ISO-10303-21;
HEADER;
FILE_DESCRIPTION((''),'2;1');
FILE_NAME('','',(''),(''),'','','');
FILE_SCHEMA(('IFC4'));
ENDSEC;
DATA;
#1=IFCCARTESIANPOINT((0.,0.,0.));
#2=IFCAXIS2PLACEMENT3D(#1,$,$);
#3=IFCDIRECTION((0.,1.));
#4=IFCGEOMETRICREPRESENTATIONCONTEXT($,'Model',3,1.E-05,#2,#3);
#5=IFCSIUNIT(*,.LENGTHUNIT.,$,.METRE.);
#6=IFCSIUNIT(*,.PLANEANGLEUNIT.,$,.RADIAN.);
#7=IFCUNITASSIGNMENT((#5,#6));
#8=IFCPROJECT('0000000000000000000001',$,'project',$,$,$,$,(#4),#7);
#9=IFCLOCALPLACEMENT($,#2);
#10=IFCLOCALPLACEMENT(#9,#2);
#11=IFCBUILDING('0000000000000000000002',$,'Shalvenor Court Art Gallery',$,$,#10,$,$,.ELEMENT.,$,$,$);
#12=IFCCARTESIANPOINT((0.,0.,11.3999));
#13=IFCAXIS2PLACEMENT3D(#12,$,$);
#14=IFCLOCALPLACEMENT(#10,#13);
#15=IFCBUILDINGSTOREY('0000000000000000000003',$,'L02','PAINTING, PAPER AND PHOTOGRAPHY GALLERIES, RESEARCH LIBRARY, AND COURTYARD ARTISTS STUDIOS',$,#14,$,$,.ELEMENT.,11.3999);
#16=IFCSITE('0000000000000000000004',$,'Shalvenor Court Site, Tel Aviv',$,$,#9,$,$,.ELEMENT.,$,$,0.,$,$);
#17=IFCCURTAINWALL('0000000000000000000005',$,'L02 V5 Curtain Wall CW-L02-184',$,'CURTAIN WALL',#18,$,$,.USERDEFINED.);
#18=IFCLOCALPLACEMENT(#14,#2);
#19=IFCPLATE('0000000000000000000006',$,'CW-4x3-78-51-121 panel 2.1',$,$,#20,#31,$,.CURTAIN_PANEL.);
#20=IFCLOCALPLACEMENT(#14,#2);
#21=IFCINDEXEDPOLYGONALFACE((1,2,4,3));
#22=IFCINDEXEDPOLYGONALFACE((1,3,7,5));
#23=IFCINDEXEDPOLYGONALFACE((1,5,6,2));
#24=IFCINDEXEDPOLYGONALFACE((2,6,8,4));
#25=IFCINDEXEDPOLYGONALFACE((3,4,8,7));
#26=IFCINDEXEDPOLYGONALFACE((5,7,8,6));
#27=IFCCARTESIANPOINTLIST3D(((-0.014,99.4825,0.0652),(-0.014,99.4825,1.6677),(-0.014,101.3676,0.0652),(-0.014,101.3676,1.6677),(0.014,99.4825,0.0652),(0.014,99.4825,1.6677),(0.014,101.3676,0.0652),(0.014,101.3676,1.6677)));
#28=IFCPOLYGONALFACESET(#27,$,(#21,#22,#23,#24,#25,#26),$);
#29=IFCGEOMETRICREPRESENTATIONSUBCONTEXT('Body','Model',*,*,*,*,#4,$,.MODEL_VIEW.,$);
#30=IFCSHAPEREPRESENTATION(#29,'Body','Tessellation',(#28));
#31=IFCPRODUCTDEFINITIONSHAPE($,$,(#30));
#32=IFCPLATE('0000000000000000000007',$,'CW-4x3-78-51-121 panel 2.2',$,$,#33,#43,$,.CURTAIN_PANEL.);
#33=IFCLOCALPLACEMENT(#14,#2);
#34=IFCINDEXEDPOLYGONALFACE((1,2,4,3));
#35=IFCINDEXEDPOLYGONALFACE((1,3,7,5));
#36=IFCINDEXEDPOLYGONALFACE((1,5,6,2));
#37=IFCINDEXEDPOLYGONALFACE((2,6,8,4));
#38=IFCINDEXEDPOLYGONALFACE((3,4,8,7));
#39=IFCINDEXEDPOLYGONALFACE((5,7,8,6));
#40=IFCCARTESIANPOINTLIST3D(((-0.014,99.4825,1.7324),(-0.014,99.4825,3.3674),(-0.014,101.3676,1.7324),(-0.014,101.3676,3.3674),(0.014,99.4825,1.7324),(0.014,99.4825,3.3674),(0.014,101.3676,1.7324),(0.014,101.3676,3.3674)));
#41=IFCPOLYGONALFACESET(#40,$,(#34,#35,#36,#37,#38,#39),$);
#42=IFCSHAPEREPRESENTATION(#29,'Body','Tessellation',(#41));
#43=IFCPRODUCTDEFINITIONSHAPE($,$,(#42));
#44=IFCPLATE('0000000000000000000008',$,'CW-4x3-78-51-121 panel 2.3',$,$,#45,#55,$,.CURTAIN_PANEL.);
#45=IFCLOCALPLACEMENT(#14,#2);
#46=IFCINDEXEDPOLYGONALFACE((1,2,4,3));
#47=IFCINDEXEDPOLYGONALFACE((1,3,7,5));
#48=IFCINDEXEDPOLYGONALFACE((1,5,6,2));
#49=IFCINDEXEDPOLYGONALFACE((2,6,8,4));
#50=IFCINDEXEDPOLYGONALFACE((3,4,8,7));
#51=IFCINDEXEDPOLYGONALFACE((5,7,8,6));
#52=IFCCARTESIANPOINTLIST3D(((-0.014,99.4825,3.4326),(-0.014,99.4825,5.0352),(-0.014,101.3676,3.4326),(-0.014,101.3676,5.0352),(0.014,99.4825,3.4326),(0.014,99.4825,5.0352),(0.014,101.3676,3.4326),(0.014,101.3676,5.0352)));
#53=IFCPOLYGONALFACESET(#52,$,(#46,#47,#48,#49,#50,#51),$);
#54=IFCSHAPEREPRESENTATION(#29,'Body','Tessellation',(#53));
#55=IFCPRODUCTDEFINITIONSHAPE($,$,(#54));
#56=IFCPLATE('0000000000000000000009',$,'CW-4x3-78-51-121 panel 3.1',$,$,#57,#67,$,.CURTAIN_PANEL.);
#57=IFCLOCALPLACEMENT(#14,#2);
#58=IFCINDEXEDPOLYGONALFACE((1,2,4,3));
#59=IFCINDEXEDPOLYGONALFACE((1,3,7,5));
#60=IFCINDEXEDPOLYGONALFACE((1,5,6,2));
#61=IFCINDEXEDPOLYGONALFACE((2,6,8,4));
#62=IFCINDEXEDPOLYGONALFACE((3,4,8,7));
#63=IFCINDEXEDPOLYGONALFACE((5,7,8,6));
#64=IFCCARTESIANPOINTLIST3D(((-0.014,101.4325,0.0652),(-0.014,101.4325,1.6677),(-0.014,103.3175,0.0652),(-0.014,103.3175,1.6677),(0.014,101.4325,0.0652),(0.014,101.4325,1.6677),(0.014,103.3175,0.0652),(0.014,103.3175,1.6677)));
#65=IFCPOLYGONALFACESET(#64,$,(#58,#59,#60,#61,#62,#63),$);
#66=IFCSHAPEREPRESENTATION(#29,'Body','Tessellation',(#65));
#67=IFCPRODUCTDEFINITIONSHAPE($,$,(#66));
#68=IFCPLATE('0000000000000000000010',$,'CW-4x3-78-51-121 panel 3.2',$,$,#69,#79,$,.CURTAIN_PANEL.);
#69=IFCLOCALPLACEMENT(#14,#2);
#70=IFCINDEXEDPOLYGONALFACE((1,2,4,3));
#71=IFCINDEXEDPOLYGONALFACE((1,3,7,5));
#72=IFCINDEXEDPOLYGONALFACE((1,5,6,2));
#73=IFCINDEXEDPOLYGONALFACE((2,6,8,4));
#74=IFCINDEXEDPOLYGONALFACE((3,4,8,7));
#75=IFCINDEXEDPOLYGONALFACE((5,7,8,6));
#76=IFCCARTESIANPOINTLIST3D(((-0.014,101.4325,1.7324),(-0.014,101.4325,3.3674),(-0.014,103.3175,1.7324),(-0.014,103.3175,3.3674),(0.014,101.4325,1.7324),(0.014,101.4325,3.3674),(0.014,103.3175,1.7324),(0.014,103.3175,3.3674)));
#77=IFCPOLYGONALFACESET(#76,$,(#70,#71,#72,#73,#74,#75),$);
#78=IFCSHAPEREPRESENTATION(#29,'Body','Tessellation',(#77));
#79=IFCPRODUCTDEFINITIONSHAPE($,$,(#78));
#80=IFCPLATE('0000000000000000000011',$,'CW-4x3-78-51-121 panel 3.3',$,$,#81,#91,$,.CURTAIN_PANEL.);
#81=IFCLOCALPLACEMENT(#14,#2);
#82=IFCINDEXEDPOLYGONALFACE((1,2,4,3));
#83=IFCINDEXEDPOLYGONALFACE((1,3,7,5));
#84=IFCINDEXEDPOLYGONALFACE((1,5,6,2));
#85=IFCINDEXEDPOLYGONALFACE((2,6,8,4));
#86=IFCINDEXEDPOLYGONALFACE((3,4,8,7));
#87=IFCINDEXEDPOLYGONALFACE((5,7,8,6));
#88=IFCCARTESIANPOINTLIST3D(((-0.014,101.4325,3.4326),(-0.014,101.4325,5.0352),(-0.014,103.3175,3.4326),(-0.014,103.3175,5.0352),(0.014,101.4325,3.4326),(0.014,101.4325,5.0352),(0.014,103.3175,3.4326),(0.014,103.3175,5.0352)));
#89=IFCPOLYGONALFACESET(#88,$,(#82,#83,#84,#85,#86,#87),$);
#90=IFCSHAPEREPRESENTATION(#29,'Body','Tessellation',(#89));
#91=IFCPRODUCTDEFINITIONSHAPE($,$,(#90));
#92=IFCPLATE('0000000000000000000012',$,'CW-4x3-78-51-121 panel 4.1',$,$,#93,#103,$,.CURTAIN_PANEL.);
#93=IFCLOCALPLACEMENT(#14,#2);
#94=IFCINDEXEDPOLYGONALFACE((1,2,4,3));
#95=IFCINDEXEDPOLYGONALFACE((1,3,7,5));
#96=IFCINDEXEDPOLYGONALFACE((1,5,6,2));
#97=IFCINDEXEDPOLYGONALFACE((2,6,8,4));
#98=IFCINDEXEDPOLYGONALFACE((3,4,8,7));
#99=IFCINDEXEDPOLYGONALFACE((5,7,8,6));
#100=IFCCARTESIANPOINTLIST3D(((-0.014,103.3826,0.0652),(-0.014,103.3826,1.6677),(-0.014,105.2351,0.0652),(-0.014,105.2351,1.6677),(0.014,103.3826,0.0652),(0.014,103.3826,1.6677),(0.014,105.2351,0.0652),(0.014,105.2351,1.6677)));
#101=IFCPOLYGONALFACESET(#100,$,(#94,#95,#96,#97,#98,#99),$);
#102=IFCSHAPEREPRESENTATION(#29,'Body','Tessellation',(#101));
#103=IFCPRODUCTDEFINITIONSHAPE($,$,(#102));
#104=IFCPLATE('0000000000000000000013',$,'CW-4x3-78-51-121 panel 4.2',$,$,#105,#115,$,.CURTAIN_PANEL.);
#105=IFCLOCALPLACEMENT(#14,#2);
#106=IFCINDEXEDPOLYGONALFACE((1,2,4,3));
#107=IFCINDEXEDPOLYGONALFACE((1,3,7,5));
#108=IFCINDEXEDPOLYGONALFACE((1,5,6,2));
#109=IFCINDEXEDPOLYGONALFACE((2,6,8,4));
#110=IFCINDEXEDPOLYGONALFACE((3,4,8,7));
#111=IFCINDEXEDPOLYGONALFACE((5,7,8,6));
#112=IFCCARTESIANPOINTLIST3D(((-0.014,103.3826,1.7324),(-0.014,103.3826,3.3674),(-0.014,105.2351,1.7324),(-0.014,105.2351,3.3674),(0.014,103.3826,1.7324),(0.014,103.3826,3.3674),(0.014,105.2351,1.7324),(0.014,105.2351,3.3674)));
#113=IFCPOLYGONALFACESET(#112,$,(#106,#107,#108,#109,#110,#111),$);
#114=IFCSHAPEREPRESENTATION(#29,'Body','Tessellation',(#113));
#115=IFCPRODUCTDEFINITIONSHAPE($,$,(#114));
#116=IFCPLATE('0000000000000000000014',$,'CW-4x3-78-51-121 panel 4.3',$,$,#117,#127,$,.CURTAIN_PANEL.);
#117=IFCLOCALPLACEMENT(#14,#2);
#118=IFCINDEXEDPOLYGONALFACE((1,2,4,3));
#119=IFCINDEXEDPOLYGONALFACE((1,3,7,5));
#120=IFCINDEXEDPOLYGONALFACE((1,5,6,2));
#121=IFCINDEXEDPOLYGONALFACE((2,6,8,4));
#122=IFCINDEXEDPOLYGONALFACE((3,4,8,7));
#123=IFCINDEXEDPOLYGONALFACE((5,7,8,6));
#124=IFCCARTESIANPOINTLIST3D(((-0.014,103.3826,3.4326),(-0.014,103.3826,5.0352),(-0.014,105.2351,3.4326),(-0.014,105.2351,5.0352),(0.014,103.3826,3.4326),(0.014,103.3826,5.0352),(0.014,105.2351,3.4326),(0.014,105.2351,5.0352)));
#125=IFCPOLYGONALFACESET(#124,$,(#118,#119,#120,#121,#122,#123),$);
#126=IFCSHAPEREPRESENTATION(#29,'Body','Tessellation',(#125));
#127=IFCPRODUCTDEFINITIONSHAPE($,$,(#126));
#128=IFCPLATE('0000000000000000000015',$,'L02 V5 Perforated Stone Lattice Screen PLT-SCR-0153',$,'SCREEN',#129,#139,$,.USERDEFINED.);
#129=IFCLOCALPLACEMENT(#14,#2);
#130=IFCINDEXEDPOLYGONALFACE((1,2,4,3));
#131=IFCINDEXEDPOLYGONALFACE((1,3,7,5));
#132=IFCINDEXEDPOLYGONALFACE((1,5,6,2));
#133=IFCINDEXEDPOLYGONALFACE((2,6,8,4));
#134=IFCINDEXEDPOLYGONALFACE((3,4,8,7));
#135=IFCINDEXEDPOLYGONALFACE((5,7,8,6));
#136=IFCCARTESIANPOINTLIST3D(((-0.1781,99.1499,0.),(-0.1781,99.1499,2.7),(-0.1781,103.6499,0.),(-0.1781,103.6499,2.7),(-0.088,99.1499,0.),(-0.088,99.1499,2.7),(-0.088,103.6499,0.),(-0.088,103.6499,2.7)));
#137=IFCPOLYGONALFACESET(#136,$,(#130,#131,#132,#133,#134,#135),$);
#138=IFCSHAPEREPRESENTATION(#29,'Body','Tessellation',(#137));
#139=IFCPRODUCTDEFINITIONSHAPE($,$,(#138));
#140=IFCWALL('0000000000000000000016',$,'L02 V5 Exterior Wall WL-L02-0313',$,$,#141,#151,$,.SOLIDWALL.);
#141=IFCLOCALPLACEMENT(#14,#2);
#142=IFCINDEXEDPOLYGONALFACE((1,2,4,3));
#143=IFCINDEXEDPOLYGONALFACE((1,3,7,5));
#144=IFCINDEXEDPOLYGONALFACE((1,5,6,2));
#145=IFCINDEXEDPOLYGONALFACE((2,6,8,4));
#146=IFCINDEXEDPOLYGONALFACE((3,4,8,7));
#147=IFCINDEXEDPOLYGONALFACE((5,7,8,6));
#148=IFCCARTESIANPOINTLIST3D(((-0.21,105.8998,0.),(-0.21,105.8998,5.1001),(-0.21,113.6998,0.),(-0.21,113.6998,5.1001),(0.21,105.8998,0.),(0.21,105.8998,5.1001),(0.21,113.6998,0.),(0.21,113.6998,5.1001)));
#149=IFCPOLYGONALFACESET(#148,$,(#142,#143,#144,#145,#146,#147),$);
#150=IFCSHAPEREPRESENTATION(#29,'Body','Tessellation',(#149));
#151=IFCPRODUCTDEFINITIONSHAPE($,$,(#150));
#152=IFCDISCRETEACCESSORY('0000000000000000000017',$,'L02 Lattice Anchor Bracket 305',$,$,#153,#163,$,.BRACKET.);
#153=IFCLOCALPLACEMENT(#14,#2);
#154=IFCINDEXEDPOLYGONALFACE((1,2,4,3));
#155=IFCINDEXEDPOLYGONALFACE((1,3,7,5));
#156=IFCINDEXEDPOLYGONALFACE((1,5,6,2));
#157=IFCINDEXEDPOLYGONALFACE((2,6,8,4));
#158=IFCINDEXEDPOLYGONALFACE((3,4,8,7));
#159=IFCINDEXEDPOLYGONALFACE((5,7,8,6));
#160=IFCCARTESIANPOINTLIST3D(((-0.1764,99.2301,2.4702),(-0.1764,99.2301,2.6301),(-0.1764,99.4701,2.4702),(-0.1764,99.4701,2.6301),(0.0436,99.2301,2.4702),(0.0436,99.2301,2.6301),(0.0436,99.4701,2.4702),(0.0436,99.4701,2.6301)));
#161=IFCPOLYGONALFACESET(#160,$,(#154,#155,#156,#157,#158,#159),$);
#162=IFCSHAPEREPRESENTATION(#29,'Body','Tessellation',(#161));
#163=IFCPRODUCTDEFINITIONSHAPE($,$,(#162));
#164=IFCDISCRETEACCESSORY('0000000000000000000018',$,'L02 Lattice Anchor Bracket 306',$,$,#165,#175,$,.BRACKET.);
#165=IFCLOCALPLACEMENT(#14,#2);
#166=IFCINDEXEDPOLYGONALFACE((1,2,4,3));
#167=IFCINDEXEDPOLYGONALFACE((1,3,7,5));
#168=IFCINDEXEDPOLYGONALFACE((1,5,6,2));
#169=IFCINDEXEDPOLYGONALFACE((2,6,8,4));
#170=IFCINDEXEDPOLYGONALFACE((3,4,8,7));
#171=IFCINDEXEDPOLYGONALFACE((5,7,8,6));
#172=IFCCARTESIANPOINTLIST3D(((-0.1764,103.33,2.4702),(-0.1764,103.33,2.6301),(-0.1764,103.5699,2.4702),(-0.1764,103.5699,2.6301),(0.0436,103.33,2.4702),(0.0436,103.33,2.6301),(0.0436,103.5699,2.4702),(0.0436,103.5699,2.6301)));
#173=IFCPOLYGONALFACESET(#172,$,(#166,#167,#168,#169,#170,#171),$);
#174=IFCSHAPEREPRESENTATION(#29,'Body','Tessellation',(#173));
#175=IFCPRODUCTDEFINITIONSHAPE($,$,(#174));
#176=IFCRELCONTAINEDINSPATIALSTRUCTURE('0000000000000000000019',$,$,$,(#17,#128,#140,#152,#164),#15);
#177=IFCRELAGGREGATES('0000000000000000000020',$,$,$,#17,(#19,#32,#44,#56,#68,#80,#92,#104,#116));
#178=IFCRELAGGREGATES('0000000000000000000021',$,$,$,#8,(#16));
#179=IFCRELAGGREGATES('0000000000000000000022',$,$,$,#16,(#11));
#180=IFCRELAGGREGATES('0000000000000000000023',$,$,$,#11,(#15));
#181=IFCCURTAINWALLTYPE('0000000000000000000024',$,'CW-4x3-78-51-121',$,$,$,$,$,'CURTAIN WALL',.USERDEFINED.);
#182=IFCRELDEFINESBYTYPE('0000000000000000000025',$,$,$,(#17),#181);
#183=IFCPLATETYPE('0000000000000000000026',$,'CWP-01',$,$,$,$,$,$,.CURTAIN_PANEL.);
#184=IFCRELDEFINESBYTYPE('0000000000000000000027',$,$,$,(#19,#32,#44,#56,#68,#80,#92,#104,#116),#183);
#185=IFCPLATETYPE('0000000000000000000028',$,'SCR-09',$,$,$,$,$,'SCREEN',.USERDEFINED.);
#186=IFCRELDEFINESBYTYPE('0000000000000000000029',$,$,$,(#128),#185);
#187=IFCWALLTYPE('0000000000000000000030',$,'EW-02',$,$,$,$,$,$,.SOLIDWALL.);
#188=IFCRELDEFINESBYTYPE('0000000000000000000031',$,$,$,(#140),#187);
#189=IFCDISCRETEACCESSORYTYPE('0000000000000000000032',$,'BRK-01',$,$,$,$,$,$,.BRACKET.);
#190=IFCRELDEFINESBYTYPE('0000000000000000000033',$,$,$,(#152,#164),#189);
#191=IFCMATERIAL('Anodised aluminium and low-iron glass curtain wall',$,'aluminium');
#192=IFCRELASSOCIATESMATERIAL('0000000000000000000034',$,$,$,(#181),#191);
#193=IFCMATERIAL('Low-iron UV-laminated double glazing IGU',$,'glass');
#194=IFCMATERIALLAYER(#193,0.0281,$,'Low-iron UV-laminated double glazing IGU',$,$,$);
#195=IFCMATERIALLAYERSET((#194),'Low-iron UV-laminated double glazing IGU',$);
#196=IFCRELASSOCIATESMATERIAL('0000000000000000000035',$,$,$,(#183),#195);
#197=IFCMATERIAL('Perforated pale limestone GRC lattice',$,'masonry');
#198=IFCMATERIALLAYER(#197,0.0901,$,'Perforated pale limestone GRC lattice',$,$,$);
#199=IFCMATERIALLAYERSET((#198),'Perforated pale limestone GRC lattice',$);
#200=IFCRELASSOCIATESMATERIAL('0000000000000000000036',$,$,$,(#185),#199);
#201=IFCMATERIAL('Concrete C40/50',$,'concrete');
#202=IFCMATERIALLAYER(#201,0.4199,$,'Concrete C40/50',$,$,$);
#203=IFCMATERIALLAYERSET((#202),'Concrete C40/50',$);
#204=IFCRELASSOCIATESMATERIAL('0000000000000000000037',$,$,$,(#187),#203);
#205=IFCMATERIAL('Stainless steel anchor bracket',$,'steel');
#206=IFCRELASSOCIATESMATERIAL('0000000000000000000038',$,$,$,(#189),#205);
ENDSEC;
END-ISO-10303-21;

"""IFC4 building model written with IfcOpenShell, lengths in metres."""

from ifc_helpers import new_model, si_unit, direction, frame, frame_2d, origin, origin_2d, place, context, subcontext, project, spatial, rectangle, extrude, material, layer, layer_set, type_object, element, aggregate, save


model = new_model("IFC4")

# Units and contexts
model_context = context("Model", 3, precision=1e-05, world=origin(), true_north=direction((0.0, 1.0)))
body_context = subcontext(model_context, "Body", "Model", "MODEL_VIEW")
ifc_project = project(units=[si_unit("LENGTHUNIT", "METRE"), si_unit("PLANEANGLEUNIT", "RADIAN")], contexts=[model_context])

# Site, building, storey
site_placement = place(None, origin())
site = spatial("IfcSite", under=ifc_project, at=site_placement, Name="Shalvenor Court Site, Tel Aviv", CompositionType="ELEMENT", RefElevation=0.0)
building_placement = place(site_placement, origin())
building = spatial("IfcBuilding", under=site, at=building_placement, Name="Shalvenor Court Art Gallery", CompositionType="ELEMENT")
storey_placement = place(building_placement, frame((0.0, 0.0, 11.3999)))
storey = spatial("IfcBuildingStorey", under=building, at=storey_placement, Name="L02", Description="PAINTING, PAPER AND PHOTOGRAPHY GALLERIES, RESEARCH LIBRARY, AND COURTYARD ARTISTS STUDIOS", CompositionType="ELEMENT", Elevation=11.3999)

# Curtain wall, plates
ifc_material_1 = material(Name="Anodised aluminium and low-iron glass curtain wall", Category="aluminium")
curtain_wall_type = type_object("IfcCurtainWallType", Name="CW-4x3-78-51-121", ElementType="CURTAIN WALL", PredefinedType="USERDEFINED", material=ifc_material_1)
curtain_wall_placement = place(storey_placement, origin())
curtain_wall = element("IfcCurtainWall", 1, at=curtain_wall_placement, inside=storey, type_object=curtain_wall_type, Name="L02 V5 Curtain Wall CW-L02-184", ObjectType="CURTAIN WALL", PredefinedType="USERDEFINED")
ifc_material_2 = material(Name="Low-iron UV-laminated double glazing IGU", Category="glass")
ifc_layer_1 = layer(ifc_material_2, 0.0281, Name="Low-iron UV-laminated double glazing IGU")
ifc_layer_set_1 = layer_set([ifc_layer_1], Name="Low-iron UV-laminated double glazing IGU")
plate_type_1 = type_object("IfcPlateType", Name="CWP-01", PredefinedType="CURTAIN_PANEL", material=ifc_layer_set_1)
plate_1_placement = place(storey_placement, frame((0.0, 100.425, 0.0652), z_axis=(0.0, 0.0, 1.0), x_axis=(0.0, 1.0, 0.0)))
plate_1 = element("IfcPlate", 2, at=plate_1_placement, type_object=plate_type_1, Name="CW-4x3-78-51-121 panel 2.1", PredefinedType="CURTAIN_PANEL", context=body_context, shape_type="SweptSolid", body=[
    extrude(rectangle(XDim=1.885, YDim=0.0281, at=origin_2d()), origin(), (0.0, 0.0, 1.0), 1.6025),
])
plate_2_placement = place(storey_placement, frame((0.0, 100.425, 1.7324), z_axis=(0.0, 0.0, 1.0), x_axis=(0.0, 1.0, 0.0)))
plate_2 = element("IfcPlate", 3, at=plate_2_placement, type_object=plate_type_1, Name="CW-4x3-78-51-121 panel 2.2", PredefinedType="CURTAIN_PANEL", context=body_context, shape_type="SweptSolid", body=[
    extrude(rectangle(XDim=1.885, YDim=0.0281, at=origin_2d()), origin(), (0.0, 0.0, 1.0), 1.635),
])
plate_3_placement = place(storey_placement, frame((0.0, 100.425, 3.4326), z_axis=(0.0, 0.0, 1.0), x_axis=(0.0, 1.0, 0.0)))
plate_3 = element("IfcPlate", 4, at=plate_3_placement, type_object=plate_type_1, Name="CW-4x3-78-51-121 panel 2.3", PredefinedType="CURTAIN_PANEL", context=body_context, shape_type="SweptSolid", body=[
    extrude(rectangle(XDim=1.885, YDim=0.0281, at=origin_2d()), origin(), (0.0, 0.0, 1.0), 1.6025),
])
plate_4_placement = place(storey_placement, frame((0.0, 102.375, 0.0652), z_axis=(0.0, 0.0, 1.0), x_axis=(0.0, 1.0, 0.0)))
plate_4 = element("IfcPlate", 5, at=plate_4_placement, type_object=plate_type_1, Name="CW-4x3-78-51-121 panel 3.1", PredefinedType="CURTAIN_PANEL", context=body_context, shape_type="SweptSolid", body=[
    extrude(rectangle(XDim=1.885, YDim=0.0281, at=origin_2d()), origin(), (0.0, 0.0, 1.0), 1.6025),
])
plate_5_placement = place(storey_placement, frame((0.0, 102.375, 1.7324), z_axis=(0.0, 0.0, 1.0), x_axis=(0.0, 1.0, 0.0)))
plate_5 = element("IfcPlate", 6, at=plate_5_placement, type_object=plate_type_1, Name="CW-4x3-78-51-121 panel 3.2", PredefinedType="CURTAIN_PANEL", context=body_context, shape_type="SweptSolid", body=[
    extrude(rectangle(XDim=1.885, YDim=0.0281, at=origin_2d()), origin(), (0.0, 0.0, 1.0), 1.635),
])
plate_6_placement = place(storey_placement, frame((0.0, 102.375, 3.4326), z_axis=(0.0, 0.0, 1.0), x_axis=(0.0, 1.0, 0.0)))
plate_6 = element("IfcPlate", 7, at=plate_6_placement, type_object=plate_type_1, Name="CW-4x3-78-51-121 panel 3.3", PredefinedType="CURTAIN_PANEL", context=body_context, shape_type="SweptSolid", body=[
    extrude(rectangle(XDim=1.885, YDim=0.0281, at=origin_2d()), origin(), (0.0, 0.0, 1.0), 1.6025),
])
plate_7_placement = place(storey_placement, frame((0.0, 104.3088, 0.0652), z_axis=(0.0, 0.0, 1.0), x_axis=(0.0, 1.0, 0.0)))
plate_7 = element("IfcPlate", 8, at=plate_7_placement, type_object=plate_type_1, Name="CW-4x3-78-51-121 panel 4.1", PredefinedType="CURTAIN_PANEL", context=body_context, shape_type="SweptSolid", body=[
    extrude(rectangle(XDim=1.8525, YDim=0.0281, at=origin_2d()), origin(), (0.0, 0.0, 1.0), 1.6025),
])
plate_8_placement = place(storey_placement, frame((0.0, 104.3088, 1.7324), z_axis=(0.0, 0.0, 1.0), x_axis=(0.0, 1.0, 0.0)))
plate_8 = element("IfcPlate", 9, at=plate_8_placement, type_object=plate_type_1, Name="CW-4x3-78-51-121 panel 4.2", PredefinedType="CURTAIN_PANEL", context=body_context, shape_type="SweptSolid", body=[
    extrude(rectangle(XDim=1.8525, YDim=0.0281, at=origin_2d()), origin(), (0.0, 0.0, 1.0), 1.635),
])
plate_9_placement = place(storey_placement, frame((0.0, 104.3088, 3.4326), z_axis=(0.0, 0.0, 1.0), x_axis=(0.0, 1.0, 0.0)))
plate_9 = element("IfcPlate", 10, at=plate_9_placement, type_object=plate_type_1, Name="CW-4x3-78-51-121 panel 4.3", PredefinedType="CURTAIN_PANEL", context=body_context, shape_type="SweptSolid", body=[
    extrude(rectangle(XDim=1.8525, YDim=0.0281, at=origin_2d()), origin(), (0.0, 0.0, 1.0), 1.6025),
])
aggregate(curtain_wall, [plate_1, plate_2, plate_3, plate_4, plate_5, plate_6, plate_7, plate_8, plate_9])

# Plate
ifc_material_3 = material(Name="Perforated pale limestone GRC lattice", Category="masonry")
ifc_layer_2 = layer(ifc_material_3, 0.0901, Name="Perforated pale limestone GRC lattice")
ifc_layer_set_2 = layer_set([ifc_layer_2], Name="Perforated pale limestone GRC lattice")
plate_type_2 = type_object("IfcPlateType", Name="SCR-09", ElementType="SCREEN", PredefinedType="USERDEFINED", material=ifc_layer_set_2)
plate_10_placement = place(storey_placement, frame((-0.1331, 101.3999, 0.0), z_axis=(0.0, 0.0, 1.0), x_axis=(0.0, 1.0, 0.0)))
element("IfcPlate", 11, at=plate_10_placement, inside=storey, type_object=plate_type_2, Name="L02 V5 Perforated Stone Lattice Screen PLT-SCR-0153", ObjectType="SCREEN", PredefinedType="USERDEFINED", context=body_context, shape_type="SweptSolid", body=[
    extrude(rectangle(XDim=4.5, YDim=0.0901, at=origin_2d()), origin(), (0.0, 0.0, 1.0), 2.7),
])

# Wall
ifc_material_4 = material(Name="Concrete C40/50", Category="concrete")
ifc_layer_3 = layer(ifc_material_4, 0.4199, Name="Concrete C40/50")
ifc_layer_set_3 = layer_set([ifc_layer_3], Name="Concrete C40/50")
wall_type = type_object("IfcWallType", Name="EW-02", PredefinedType="SOLIDWALL", material=ifc_layer_set_3)
wall_placement = place(storey_placement, frame((0.0, 105.8999, 0.0), z_axis=(0.0, 0.0, 1.0), x_axis=(0.0, 1.0, 0.0)))
element("IfcWall", 12, at=wall_placement, inside=storey, type_object=wall_type, Name="L02 V5 Exterior Wall WL-L02-0313", PredefinedType="SOLIDWALL", context=body_context, shape_type="SweptSolid", body=[
    extrude(rectangle(XDim=7.8, YDim=0.4199, at=frame_2d((3.8999, 0.0))), origin(), (0.0, 0.0, 1.0), 5.1001),
])

# Discrete accessories
ifc_material_5 = material(Name="Stainless steel anchor bracket", Category="steel")
discrete_accessory_type = type_object("IfcDiscreteAccessoryType", Name="BRK-01", PredefinedType="BRACKET", material=ifc_material_5)
for number, where, z_axis, x_axis, name in (
    (13, (-0.0664, 99.3501, 2.4702), (0.0, 0.0, 1.0), (0.0, 1.0, 0.0), "L02 Lattice Anchor Bracket 305"),
    (14, (-0.0664, 103.45, 2.4702), (0.0, 0.0, 1.0), (0.0, 1.0, 0.0), "L02 Lattice Anchor Bracket 306"),
):
    element("IfcDiscreteAccessory", number, at=place(storey_placement, frame(where, z_axis=z_axis, x_axis=x_axis)), inside=storey, type_object=discrete_accessory_type, Name=name, PredefinedType="BRACKET", context=body_context, shape_type="SweptSolid", body=[
        extrude(rectangle(XDim=0.24, YDim=0.22, at=origin_2d()), origin(), (0.0, 0.0, 1.0), 0.1599),
    ])

save(model, "model.ifc")
